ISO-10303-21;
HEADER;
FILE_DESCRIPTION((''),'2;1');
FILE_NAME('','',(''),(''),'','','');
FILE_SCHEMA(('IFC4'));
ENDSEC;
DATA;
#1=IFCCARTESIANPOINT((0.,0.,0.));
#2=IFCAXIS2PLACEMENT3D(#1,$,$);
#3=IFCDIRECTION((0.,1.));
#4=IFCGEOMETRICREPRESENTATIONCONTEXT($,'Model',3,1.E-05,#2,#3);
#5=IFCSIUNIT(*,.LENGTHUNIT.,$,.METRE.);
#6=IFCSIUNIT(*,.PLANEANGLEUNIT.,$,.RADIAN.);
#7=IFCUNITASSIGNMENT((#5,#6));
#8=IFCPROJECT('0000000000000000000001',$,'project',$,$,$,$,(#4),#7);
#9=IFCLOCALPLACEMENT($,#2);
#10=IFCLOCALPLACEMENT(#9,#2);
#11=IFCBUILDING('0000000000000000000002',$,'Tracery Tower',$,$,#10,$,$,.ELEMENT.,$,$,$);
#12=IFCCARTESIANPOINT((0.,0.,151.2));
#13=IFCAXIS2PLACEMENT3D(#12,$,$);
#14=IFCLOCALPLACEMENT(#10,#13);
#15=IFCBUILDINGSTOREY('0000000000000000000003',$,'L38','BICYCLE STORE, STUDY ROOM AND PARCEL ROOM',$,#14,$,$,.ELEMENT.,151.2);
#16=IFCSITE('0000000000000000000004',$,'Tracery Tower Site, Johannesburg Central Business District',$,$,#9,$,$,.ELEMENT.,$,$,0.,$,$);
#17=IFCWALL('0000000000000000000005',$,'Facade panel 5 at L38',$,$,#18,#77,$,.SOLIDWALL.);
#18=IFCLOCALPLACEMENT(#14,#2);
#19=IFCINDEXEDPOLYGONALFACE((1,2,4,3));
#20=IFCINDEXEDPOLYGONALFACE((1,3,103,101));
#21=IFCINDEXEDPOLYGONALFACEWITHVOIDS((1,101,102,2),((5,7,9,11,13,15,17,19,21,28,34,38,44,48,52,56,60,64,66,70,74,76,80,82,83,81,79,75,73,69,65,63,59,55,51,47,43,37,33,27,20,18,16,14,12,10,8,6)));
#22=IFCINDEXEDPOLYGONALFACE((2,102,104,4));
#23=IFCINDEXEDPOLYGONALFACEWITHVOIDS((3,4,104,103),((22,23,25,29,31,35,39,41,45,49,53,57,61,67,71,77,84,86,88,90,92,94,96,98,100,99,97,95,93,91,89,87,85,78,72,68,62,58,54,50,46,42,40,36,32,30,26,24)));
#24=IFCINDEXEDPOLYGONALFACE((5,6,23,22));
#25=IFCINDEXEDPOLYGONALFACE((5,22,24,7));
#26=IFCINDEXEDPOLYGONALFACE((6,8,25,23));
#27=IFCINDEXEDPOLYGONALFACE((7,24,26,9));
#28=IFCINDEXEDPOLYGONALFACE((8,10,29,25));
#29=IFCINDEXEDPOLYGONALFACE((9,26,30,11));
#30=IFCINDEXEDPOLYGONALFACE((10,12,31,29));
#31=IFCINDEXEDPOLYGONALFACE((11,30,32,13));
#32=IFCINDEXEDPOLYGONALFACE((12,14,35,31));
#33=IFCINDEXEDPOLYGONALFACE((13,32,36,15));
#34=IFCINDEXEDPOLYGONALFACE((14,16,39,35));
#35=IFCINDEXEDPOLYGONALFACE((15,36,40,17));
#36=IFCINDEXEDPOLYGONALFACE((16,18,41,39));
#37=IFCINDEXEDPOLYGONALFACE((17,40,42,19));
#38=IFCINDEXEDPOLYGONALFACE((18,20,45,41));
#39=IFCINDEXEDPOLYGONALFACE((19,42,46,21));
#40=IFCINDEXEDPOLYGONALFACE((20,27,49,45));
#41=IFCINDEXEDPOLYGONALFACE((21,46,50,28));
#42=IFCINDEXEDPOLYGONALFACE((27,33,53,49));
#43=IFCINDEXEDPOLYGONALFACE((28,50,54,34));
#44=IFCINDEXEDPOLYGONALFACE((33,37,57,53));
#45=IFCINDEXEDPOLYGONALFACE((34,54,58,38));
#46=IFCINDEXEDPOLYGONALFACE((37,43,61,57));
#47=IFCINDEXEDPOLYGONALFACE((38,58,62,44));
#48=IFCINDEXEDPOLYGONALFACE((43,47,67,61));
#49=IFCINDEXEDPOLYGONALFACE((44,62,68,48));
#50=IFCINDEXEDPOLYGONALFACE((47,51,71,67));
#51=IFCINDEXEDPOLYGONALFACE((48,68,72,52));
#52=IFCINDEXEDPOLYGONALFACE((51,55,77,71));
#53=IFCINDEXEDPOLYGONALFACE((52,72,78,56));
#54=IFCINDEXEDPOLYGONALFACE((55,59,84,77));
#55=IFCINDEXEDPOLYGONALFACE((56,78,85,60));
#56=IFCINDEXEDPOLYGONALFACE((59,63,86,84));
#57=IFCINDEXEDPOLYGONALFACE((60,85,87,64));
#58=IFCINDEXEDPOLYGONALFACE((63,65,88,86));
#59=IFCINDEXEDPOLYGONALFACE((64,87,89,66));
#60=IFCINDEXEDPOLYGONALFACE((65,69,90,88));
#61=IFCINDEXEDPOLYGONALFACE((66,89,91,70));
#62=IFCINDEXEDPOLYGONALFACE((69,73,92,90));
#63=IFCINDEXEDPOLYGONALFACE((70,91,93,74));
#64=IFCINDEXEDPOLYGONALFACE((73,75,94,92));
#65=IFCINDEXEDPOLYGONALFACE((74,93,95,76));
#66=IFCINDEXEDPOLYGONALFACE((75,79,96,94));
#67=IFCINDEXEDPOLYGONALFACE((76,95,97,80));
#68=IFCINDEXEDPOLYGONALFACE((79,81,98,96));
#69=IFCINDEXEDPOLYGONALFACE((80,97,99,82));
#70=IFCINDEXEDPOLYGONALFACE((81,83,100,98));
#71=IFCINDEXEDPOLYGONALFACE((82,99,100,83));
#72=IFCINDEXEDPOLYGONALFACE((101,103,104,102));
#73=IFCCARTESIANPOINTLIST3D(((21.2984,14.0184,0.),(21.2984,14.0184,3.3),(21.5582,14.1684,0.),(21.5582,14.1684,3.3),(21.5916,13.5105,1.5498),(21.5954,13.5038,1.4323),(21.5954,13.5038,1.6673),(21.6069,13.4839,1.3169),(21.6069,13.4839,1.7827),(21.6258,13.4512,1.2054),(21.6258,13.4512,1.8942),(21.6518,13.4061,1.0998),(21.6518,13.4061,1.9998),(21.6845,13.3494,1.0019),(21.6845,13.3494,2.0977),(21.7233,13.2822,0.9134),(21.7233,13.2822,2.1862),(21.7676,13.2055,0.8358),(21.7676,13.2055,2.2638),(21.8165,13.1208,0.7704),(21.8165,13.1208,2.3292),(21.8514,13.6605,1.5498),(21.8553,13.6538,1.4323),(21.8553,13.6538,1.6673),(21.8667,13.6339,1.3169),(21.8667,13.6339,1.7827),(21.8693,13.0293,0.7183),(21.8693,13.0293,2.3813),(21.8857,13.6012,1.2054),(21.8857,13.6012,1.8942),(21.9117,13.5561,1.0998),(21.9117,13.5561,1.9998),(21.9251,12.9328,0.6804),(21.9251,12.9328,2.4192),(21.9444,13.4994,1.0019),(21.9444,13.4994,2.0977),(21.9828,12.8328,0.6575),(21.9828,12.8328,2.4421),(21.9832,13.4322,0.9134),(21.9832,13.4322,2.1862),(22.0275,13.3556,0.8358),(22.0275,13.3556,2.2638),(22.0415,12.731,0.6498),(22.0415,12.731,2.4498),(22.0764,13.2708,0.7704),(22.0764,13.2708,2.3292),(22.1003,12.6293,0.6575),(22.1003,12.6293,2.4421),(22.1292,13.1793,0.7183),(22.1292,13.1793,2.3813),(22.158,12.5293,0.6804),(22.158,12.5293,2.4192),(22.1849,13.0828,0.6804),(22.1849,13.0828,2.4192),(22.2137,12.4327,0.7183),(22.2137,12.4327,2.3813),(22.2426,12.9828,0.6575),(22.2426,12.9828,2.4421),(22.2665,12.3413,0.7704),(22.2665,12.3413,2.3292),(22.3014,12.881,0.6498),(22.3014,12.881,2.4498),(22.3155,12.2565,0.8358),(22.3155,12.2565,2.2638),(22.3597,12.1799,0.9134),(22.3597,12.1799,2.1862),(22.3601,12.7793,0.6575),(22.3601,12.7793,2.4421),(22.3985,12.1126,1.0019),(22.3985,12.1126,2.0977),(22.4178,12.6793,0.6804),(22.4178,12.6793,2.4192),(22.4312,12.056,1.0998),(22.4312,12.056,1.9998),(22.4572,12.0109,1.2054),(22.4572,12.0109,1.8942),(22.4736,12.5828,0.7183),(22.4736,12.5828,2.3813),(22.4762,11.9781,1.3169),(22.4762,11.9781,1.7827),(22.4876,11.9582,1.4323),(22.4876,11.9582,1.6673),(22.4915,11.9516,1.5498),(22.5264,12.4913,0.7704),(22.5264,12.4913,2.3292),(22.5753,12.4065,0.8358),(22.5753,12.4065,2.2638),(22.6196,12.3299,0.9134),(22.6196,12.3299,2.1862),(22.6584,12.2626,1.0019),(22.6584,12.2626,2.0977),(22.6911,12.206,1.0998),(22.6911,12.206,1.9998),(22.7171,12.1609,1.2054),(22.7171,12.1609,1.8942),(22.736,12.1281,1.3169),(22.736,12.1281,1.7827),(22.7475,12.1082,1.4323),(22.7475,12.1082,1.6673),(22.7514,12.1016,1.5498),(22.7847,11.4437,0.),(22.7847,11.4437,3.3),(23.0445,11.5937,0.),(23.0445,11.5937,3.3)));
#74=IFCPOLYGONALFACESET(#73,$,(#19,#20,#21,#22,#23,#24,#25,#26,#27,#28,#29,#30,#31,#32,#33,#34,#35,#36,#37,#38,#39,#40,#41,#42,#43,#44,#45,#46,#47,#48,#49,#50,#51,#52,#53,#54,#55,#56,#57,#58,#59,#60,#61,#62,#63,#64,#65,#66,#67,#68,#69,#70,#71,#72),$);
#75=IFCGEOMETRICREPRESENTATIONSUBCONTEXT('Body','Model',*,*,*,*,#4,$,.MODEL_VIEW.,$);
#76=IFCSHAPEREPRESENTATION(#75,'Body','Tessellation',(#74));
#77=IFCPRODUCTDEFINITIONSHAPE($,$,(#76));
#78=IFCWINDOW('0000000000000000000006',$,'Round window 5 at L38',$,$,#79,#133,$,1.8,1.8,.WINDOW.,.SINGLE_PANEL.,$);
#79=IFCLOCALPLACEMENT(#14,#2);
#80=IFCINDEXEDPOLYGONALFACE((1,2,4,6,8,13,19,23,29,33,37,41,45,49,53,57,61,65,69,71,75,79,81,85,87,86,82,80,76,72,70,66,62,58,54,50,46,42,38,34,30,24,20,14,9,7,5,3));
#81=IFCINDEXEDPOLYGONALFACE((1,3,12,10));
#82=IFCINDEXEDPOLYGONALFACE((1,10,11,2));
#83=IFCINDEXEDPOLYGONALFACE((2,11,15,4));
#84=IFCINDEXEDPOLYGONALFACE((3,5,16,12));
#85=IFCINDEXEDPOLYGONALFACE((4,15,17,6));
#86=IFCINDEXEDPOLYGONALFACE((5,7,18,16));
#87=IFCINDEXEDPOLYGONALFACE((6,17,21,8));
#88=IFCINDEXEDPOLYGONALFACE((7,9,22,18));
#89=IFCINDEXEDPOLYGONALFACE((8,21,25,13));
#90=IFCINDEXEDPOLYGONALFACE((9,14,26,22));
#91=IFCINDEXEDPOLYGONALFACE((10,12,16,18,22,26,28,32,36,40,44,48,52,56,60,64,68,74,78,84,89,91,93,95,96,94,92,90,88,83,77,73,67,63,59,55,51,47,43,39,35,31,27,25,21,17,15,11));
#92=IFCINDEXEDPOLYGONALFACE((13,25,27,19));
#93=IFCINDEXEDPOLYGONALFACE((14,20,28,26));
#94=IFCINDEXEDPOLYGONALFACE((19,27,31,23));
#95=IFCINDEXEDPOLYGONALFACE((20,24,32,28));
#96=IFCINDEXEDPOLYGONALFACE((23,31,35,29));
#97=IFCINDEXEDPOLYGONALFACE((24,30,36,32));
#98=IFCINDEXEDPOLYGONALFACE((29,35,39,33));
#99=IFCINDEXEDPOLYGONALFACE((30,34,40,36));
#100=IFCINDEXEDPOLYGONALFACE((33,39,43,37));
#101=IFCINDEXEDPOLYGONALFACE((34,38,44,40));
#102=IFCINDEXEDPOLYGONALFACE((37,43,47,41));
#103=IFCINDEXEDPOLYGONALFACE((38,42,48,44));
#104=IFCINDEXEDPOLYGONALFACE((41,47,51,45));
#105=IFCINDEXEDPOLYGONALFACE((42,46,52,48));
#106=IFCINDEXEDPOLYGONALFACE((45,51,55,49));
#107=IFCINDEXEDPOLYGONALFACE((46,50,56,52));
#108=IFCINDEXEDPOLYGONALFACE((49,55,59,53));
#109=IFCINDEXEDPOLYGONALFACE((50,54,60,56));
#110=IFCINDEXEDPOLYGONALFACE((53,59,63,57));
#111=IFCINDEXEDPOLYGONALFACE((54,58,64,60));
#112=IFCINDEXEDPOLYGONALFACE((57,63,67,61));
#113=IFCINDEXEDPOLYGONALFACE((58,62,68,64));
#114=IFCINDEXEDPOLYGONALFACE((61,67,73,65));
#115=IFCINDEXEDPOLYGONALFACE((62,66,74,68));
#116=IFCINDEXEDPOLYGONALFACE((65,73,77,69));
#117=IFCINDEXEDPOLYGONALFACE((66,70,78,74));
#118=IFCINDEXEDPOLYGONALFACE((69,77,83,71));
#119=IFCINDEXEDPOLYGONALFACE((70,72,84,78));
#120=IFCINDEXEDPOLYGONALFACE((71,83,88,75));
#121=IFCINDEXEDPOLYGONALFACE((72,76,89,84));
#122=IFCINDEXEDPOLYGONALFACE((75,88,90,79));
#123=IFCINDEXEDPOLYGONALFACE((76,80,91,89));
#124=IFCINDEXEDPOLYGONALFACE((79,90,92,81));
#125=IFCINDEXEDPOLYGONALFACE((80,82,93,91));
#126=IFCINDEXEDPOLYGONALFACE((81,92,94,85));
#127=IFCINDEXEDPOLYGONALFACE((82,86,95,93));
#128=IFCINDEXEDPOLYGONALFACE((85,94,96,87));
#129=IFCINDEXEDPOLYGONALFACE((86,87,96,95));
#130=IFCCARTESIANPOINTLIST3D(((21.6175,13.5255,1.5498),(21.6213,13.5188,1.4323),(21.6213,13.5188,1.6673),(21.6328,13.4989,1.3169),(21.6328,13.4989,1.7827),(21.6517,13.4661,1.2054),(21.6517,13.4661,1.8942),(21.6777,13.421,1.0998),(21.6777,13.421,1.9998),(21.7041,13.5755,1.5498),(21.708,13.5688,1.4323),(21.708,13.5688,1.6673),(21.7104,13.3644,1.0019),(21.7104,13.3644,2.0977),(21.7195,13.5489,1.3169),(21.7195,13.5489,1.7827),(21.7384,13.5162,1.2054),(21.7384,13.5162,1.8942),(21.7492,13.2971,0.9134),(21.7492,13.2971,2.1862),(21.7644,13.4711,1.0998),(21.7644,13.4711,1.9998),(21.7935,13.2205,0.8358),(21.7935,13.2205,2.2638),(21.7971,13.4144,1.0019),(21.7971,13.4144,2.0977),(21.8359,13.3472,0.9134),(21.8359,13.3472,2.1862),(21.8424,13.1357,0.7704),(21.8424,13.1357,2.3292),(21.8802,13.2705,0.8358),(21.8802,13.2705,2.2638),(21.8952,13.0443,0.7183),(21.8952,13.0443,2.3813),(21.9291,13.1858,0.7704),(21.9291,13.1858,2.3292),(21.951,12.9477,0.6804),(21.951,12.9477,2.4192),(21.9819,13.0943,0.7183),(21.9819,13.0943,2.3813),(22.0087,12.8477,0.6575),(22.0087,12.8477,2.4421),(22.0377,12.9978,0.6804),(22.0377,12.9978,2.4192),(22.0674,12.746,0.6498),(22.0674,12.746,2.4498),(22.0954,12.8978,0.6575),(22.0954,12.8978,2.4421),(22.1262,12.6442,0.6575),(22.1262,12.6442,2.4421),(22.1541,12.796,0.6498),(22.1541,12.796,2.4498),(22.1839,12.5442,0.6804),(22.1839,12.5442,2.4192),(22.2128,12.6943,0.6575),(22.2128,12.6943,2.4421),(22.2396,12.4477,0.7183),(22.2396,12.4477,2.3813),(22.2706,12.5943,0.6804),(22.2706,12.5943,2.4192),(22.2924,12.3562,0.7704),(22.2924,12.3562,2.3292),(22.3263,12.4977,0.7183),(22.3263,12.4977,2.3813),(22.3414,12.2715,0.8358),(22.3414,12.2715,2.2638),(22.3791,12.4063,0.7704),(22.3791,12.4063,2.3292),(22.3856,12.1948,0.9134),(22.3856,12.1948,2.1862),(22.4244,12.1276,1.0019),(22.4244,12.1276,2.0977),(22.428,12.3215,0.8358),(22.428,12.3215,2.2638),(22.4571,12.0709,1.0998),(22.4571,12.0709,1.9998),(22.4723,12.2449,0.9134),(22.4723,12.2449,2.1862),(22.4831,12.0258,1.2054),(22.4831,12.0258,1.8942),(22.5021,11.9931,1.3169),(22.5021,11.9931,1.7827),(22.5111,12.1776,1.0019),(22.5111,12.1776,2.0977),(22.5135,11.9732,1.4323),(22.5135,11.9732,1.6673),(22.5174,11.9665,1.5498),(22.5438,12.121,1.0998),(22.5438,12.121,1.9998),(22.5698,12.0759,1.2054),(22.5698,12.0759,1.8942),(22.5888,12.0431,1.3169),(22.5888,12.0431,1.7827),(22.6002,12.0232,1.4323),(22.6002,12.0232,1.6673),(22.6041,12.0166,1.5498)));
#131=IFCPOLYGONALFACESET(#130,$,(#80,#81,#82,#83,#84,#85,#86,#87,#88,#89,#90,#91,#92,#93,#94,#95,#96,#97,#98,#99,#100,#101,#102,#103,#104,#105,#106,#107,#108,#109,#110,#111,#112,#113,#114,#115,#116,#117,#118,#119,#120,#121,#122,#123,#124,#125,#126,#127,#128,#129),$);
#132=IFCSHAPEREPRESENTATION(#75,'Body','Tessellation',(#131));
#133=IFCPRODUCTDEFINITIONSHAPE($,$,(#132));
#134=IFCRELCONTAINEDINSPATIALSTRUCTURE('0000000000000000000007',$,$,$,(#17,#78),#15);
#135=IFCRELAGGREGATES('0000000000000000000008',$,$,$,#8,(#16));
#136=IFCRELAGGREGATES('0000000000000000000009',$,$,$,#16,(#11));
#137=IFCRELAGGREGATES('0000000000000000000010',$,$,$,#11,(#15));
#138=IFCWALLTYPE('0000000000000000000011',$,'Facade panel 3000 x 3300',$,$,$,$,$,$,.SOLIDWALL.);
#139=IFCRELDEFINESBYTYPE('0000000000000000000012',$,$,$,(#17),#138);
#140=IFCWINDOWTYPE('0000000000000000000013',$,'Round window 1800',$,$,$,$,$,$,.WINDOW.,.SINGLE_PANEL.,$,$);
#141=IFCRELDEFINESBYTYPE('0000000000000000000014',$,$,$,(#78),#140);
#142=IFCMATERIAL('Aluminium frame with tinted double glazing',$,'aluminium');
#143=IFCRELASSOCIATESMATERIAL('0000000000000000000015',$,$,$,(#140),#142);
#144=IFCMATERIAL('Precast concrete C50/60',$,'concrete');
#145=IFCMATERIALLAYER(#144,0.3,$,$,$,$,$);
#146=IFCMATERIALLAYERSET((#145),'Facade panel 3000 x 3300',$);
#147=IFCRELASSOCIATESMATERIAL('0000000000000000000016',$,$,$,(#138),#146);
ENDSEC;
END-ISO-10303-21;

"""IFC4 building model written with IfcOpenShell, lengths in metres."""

from ifc_helpers import new_model, si_unit, direction, frame, frame_2d, origin, origin_2d, place, context, subcontext, project, spatial, rectangle, circle, extrude, material, layer, layer_set, type_object, element, fill, save


model = new_model("IFC4")

# Units and contexts
model_context = context("Model", 3, precision=1e-05, world=origin(), true_north=direction((0.0, 1.0)))
body_context = subcontext(model_context, "Body", "Model", "MODEL_VIEW")
ifc_project = project(units=[si_unit("LENGTHUNIT", "METRE"), si_unit("PLANEANGLEUNIT", "RADIAN")], contexts=[model_context])

# Site, building, storey
site_placement = place(None, origin())
site = spatial("IfcSite", under=ifc_project, at=site_placement, Name="Tracery Tower Site, Johannesburg Central Business District", CompositionType="ELEMENT", RefElevation=0.0)
building_placement = place(site_placement, origin())
building = spatial("IfcBuilding", under=site, at=building_placement, Name="Tracery Tower", CompositionType="ELEMENT")
storey_placement = place(building_placement, frame((0.0, 0.0, 151.2)))
storey = spatial("IfcBuildingStorey", under=building, at=storey_placement, Name="L38", Description="BICYCLE STORE, STUDY ROOM AND PARCEL ROOM", CompositionType="ELEMENT", Elevation=151.2)

# Wall, opening, window
ifc_material_1 = material(Name="Aluminium frame with tinted double glazing", Category="aluminium")
window_type = type_object("IfcWindowType", Name="Round window 1800", PartitioningType="SINGLE_PANEL", PredefinedType="WINDOW", material=ifc_material_1)
ifc_material_2 = material(Name="Precast concrete C50/60", Category="concrete")
ifc_layer_1 = layer(ifc_material_2, 0.3)
ifc_layer_set_1 = layer_set([ifc_layer_1], Name="Facade panel 3000 x 3300")
wall_type_1 = type_object("IfcWallType", Name="Facade panel 3000 x 3300", PredefinedType="SOLIDWALL", material=ifc_layer_set_1)
wall_1_placement = place(storey_placement, frame((22.9146, 11.5188, 0.0), z_axis=(0.0, 0.0, 1.0), x_axis=(-0.499955, 0.866052, 0.0)))
wall_1 = element("IfcWall", 1, at=wall_1_placement, inside=storey, type_object=wall_type_1, Name="Facade panel 5 at L38", PredefinedType="SOLIDWALL", context=body_context, shape_type="SweptSolid", body=[
    extrude(rectangle(XDim=2.9729, YDim=0.3, at=frame_2d((1.4863, 0.0))), origin(), (0.0, 0.0, 1.0), 3.3),
])
opening_1_placement = place(wall_1_placement, frame((1.4863, 0.0, 1.5498)))
opening_1 = element("IfcOpeningElement", 2, at=opening_1_placement, cuts=wall_1, PredefinedType="OPENING", context=body_context, shape_type="SweptSolid", body=[
    extrude(circle(Radius=0.9, at=origin_2d()), frame((0.0, 0.1599, 0.0), z_axis=(0.0, -1.0, 0.0), x_axis=(1.0, 0.0, 0.0)), (0.0, 0.0, 1.0), 0.3201),
])
window_1_placement = place(opening_1_placement, origin())
window_1 = element("IfcWindow", 3, at=window_1_placement, inside=storey, type_object=window_type, Name="Round window 5 at L38", OverallHeight=1.8, OverallWidth=1.8, PartitioningType="SINGLE_PANEL", PredefinedType="WINDOW", context=body_context, shape_type="SweptSolid", body=[
    extrude(circle(Radius=0.9, at=origin_2d()), frame((0.0, 0.1201, 0.0), z_axis=(0.0, -1.0, 0.0), x_axis=(1.0, 0.0, 0.0)), (0.0, 0.0, 1.0), 0.1001),
])
fill(opening_1, window_1)

save(model, "model.ifc")
